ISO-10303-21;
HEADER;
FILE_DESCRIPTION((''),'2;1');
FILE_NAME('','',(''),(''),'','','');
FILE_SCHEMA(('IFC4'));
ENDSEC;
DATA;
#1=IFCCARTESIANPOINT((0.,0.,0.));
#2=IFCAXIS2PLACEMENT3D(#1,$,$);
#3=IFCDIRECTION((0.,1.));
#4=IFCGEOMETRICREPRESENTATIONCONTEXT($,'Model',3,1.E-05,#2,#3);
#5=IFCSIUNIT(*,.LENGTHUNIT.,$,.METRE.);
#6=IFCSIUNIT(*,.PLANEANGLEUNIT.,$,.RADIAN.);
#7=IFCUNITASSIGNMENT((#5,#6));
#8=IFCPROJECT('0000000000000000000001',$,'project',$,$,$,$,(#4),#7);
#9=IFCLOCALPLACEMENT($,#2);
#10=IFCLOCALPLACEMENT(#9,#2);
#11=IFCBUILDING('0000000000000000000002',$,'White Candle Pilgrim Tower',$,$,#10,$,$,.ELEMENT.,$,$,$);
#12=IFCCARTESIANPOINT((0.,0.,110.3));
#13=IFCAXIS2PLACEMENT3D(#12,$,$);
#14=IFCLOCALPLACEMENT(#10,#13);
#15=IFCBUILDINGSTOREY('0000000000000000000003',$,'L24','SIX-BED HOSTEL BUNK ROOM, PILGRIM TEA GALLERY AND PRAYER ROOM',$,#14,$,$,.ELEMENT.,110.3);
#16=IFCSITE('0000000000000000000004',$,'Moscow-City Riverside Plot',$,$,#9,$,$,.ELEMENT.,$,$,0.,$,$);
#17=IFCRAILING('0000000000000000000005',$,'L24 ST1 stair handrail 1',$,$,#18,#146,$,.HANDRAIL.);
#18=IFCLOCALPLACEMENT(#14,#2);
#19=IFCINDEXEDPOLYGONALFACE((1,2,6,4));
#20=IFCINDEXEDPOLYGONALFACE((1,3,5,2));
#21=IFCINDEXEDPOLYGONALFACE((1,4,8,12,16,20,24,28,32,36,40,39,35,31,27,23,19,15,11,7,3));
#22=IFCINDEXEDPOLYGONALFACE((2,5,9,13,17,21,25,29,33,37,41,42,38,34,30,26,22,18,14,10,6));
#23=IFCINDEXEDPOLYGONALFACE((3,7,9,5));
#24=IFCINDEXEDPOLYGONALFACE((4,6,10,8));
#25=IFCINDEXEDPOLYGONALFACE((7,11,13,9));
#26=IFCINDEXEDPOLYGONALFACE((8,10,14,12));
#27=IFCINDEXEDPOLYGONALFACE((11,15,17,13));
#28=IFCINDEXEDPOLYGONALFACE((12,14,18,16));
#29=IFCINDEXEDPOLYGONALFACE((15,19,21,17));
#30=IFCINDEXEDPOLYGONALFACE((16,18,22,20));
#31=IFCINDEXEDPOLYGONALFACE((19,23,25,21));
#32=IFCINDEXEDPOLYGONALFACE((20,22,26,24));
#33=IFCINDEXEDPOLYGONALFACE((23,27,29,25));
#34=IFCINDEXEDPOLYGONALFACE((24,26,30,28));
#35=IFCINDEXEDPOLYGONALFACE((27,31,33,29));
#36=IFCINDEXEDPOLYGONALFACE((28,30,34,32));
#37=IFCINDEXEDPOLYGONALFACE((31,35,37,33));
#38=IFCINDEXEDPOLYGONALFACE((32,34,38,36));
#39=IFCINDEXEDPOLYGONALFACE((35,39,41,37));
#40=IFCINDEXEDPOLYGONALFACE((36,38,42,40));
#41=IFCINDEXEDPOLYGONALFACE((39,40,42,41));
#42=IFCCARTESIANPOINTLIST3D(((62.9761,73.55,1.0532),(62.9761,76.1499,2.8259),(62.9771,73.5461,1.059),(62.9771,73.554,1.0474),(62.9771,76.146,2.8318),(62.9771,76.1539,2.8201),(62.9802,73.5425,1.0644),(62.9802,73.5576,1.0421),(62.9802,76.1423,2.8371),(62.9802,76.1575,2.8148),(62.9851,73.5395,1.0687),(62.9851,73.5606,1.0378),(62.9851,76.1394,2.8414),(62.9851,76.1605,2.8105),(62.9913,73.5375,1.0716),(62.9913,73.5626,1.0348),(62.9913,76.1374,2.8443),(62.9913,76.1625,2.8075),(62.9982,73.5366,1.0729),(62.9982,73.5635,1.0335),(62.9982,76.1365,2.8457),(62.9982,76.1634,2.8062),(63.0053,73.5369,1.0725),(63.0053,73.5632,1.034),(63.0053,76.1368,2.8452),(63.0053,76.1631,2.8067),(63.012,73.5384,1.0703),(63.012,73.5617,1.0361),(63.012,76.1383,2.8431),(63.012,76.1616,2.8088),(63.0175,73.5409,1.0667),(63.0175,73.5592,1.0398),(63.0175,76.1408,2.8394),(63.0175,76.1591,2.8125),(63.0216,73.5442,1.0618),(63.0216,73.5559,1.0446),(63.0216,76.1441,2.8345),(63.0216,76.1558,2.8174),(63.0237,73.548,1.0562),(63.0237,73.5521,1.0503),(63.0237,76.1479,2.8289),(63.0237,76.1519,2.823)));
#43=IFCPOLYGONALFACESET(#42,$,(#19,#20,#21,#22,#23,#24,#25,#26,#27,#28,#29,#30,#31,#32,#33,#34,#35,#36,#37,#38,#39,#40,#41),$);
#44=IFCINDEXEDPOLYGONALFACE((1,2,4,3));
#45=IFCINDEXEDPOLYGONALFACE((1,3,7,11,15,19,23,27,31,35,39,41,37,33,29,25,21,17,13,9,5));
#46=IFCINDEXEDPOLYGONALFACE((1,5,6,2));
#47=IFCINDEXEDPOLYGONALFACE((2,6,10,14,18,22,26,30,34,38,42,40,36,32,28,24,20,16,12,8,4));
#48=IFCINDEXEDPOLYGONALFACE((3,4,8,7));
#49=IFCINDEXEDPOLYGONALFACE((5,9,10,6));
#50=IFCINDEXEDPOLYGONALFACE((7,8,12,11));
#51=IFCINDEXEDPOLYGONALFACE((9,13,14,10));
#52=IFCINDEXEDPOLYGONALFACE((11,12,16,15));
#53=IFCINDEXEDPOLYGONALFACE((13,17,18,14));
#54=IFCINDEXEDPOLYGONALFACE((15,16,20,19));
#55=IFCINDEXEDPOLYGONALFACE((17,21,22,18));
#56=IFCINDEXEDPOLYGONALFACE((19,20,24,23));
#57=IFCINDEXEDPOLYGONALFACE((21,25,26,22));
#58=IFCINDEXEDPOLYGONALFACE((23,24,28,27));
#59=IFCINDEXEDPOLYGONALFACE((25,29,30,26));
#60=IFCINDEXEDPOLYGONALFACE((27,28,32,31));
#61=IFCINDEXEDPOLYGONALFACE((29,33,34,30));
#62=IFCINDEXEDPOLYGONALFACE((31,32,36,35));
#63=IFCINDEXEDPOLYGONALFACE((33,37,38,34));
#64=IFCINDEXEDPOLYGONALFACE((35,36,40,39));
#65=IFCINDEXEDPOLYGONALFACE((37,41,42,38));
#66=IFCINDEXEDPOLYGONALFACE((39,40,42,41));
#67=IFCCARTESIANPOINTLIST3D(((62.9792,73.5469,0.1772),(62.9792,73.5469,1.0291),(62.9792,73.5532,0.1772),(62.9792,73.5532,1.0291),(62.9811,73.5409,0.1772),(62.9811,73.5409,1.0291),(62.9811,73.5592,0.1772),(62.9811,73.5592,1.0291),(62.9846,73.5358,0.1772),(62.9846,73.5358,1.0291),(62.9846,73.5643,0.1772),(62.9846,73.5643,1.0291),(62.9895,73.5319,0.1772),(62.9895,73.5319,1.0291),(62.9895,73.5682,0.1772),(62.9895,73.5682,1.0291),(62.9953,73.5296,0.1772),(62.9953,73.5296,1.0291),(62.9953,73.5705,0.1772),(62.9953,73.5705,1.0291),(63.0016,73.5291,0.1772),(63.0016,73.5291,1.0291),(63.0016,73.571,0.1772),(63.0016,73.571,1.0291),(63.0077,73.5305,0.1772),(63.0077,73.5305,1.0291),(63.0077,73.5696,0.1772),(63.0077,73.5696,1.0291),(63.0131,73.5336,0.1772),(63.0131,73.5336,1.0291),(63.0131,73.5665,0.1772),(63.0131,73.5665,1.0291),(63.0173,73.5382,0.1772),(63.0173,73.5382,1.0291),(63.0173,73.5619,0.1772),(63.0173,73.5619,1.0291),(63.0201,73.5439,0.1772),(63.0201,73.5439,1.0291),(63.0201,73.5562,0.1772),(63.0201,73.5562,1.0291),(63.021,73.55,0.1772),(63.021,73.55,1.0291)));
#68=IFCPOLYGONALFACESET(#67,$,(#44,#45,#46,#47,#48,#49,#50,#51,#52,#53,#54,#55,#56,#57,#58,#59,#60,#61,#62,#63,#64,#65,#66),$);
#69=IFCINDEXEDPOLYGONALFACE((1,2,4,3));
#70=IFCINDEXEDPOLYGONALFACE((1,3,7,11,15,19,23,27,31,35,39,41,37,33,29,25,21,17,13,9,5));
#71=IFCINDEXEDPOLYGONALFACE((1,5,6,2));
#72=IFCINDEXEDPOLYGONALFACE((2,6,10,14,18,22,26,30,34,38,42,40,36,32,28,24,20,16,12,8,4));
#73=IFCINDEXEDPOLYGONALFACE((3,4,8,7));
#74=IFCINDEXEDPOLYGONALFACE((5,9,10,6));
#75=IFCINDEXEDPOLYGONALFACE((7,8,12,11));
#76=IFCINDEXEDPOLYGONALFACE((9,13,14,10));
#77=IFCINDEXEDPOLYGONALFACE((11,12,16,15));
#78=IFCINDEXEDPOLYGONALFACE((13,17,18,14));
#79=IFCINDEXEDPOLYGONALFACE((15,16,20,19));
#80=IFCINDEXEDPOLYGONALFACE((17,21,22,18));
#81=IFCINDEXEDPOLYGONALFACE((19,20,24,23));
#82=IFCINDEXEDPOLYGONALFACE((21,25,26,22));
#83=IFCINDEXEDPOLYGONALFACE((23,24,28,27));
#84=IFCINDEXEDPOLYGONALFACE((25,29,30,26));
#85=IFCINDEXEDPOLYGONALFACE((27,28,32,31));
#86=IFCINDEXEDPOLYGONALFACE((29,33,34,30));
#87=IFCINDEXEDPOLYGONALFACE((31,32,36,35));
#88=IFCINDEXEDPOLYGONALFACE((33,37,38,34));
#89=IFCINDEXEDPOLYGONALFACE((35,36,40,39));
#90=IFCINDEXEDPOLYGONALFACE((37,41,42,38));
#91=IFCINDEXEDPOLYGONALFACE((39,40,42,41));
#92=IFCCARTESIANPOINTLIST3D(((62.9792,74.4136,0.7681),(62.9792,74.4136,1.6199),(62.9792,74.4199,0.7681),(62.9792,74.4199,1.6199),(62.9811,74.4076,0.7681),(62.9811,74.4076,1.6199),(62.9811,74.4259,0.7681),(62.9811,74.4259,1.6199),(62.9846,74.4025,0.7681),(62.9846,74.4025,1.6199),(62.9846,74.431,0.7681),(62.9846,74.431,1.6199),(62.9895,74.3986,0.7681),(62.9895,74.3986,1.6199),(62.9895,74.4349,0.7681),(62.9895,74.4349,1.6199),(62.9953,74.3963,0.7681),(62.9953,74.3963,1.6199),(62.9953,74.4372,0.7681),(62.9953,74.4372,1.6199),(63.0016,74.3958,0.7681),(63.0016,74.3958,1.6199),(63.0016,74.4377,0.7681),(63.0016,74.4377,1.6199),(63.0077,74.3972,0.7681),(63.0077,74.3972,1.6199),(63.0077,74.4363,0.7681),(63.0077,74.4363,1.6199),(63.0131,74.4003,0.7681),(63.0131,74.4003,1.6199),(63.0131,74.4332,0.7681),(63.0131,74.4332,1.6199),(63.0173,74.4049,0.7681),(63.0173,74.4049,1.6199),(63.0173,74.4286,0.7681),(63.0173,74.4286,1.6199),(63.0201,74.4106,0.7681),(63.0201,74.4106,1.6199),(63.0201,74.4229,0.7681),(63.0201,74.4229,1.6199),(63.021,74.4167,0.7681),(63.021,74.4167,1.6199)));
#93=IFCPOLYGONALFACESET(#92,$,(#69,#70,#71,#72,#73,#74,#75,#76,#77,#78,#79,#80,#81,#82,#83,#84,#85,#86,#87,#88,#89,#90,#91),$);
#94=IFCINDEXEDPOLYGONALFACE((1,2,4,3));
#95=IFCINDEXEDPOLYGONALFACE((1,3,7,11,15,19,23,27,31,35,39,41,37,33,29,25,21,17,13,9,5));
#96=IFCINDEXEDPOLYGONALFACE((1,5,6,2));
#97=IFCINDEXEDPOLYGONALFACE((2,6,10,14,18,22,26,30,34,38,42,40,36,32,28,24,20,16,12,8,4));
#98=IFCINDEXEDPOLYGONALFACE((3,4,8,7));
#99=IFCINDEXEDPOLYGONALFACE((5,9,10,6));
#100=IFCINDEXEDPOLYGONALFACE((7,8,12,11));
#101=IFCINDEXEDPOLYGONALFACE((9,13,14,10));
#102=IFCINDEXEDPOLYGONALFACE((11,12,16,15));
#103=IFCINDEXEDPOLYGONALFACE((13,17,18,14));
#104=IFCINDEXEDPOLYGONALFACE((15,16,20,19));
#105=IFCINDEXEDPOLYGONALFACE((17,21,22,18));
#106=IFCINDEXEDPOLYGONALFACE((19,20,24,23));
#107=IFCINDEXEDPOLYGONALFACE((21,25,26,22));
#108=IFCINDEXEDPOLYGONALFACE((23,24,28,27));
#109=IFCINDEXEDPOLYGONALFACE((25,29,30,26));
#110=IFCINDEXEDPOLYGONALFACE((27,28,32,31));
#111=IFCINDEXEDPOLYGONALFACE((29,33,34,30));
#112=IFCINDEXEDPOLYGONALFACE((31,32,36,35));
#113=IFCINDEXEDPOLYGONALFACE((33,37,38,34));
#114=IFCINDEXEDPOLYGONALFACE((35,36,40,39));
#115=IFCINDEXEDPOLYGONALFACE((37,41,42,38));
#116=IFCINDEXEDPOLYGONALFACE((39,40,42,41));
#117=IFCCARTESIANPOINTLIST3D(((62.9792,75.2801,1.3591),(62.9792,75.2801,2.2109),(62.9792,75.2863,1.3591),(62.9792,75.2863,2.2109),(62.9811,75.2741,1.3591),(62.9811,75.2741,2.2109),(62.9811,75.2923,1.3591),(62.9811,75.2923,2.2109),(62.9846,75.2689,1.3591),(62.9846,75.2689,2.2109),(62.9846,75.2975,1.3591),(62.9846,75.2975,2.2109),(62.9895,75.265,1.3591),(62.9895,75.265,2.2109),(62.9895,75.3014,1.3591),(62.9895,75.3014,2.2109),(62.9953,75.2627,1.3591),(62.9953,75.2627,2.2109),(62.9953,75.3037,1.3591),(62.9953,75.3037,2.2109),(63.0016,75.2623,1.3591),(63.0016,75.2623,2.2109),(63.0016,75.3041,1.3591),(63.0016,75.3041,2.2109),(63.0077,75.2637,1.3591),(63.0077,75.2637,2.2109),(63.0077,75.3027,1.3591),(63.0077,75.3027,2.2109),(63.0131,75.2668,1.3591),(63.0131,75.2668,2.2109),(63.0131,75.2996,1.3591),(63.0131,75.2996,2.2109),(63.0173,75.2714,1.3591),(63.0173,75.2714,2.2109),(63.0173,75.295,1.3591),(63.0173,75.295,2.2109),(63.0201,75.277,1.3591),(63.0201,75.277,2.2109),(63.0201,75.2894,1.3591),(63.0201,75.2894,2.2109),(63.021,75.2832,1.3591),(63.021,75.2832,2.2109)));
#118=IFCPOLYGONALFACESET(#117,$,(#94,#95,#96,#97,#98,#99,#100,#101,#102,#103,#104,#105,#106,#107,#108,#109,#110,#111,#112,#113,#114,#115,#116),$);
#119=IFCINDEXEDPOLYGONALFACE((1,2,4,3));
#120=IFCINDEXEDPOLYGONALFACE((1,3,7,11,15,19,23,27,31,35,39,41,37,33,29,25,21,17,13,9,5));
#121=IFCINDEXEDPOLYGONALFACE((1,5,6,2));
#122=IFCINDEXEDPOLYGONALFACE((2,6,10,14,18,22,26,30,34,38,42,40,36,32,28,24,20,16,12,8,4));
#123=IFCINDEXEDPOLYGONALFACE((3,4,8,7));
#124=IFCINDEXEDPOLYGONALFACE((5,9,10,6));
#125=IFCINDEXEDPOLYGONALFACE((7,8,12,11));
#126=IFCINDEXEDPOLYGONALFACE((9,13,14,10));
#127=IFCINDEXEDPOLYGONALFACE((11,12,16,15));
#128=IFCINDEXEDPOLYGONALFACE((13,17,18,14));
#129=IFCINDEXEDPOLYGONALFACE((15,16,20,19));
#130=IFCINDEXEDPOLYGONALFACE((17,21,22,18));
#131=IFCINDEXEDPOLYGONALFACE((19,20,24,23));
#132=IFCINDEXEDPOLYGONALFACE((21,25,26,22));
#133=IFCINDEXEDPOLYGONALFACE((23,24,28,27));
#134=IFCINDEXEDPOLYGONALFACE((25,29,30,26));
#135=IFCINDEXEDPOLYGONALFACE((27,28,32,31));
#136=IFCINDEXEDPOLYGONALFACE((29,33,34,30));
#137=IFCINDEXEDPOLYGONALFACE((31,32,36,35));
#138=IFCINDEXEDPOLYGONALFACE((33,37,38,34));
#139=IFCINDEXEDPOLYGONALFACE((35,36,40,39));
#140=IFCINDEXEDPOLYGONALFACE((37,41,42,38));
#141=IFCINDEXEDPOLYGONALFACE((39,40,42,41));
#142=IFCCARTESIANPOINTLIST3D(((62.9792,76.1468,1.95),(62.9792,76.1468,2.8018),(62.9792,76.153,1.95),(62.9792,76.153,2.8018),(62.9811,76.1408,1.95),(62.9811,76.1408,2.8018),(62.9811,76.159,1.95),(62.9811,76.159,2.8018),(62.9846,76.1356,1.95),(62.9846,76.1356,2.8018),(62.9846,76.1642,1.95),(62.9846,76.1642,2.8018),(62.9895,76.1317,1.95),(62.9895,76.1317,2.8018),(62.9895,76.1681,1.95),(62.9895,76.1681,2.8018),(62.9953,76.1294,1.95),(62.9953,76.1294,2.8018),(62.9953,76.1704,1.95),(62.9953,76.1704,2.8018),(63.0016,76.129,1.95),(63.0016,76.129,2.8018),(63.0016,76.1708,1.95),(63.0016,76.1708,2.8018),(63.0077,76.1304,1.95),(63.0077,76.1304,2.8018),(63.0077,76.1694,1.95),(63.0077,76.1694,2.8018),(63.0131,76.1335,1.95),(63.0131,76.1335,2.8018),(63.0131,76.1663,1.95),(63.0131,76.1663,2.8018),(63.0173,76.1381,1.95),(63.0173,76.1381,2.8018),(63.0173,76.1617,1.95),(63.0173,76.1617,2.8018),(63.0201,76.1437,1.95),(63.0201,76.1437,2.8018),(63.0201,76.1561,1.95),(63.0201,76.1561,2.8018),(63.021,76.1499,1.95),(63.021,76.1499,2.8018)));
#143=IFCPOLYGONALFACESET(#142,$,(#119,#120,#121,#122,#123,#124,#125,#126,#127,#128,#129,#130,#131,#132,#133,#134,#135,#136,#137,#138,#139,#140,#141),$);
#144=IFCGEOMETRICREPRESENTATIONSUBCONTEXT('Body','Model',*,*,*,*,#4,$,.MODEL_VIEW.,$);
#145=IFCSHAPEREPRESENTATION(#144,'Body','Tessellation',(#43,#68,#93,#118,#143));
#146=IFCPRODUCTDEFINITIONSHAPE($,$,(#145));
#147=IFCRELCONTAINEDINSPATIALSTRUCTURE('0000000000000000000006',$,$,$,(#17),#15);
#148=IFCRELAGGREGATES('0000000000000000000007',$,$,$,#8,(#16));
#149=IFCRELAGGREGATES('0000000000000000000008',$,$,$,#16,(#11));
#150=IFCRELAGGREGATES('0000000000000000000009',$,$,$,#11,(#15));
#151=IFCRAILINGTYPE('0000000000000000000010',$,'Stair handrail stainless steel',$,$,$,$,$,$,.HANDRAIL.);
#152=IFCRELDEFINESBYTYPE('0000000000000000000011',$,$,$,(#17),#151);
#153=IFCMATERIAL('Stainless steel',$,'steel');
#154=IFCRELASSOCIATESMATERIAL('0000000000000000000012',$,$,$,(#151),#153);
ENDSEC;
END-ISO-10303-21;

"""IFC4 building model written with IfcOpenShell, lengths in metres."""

from ifc_helpers import new_model, si_unit, direction, frame, origin, origin_2d, place, context, subcontext, project, spatial, circle, extrude, material, type_object, element, save


model = new_model("IFC4")

# Units and contexts
model_context = context("Model", 3, precision=1e-05, world=origin(), true_north=direction((0.0, 1.0)))
body_context = subcontext(model_context, "Body", "Model", "MODEL_VIEW")
ifc_project = project(units=[si_unit("LENGTHUNIT", "METRE"), si_unit("PLANEANGLEUNIT", "RADIAN")], contexts=[model_context])

# Site, building, storey
site_placement = place(None, origin())
site = spatial("IfcSite", under=ifc_project, at=site_placement, Name="Moscow-City Riverside Plot", CompositionType="ELEMENT", RefElevation=0.0)
building_placement = place(site_placement, origin())
building = spatial("IfcBuilding", under=site, at=building_placement, Name="White Candle Pilgrim Tower", CompositionType="ELEMENT")
storey_placement = place(building_placement, frame((0.0, 0.0, 110.3)))
storey = spatial("IfcBuildingStorey", under=building, at=storey_placement, Name="L24", Description="SIX-BED HOSTEL BUNK ROOM, PILGRIM TEA GALLERY AND PRAYER ROOM", CompositionType="ELEMENT", Elevation=110.3)

# Shared definitions
ifc_material_1 = material(Name="Stainless steel", Category="steel")

# Railing
railing_type_1 = type_object("IfcRailingType", Name="Stair handrail stainless steel", PredefinedType="HANDRAIL", material=ifc_material_1)
railing_1_placement = place(storey_placement, frame((63.0, 73.55, 0.1772)))
element("IfcRailing", 1, at=railing_1_placement, inside=storey, type_object=railing_type_1, Name="L24 ST1 stair handrail 1", PredefinedType="HANDRAIL", context=body_context, shape_type="SweptSolid", body=[
    extrude(circle(Radius=0.0239, at=origin_2d()), frame((0.0, 0.0, 0.876), z_axis=(0.0, 0.826216, 0.563354), x_axis=(-1.0, 0.0, 0.0)), (0.0, 0.0, 1.0), 3.1467),
    extrude(circle(Radius=0.021, at=origin_2d()), origin(), (0.0, 0.0, 1.0), 0.8518),
    extrude(circle(Radius=0.021, at=origin_2d()), frame((0.0, 0.8667, 0.5908)), (0.0, 0.0, 1.0), 0.8518),
    extrude(circle(Radius=0.021, at=origin_2d()), frame((0.0, 1.7332, 1.1819)), (0.0, 0.0, 1.0), 0.8518),
    extrude(circle(Radius=0.021, at=origin_2d()), frame((0.0, 2.5999, 1.7727)), (0.0, 0.0, 1.0), 0.8518),
])

save(model, "model.ifc")
